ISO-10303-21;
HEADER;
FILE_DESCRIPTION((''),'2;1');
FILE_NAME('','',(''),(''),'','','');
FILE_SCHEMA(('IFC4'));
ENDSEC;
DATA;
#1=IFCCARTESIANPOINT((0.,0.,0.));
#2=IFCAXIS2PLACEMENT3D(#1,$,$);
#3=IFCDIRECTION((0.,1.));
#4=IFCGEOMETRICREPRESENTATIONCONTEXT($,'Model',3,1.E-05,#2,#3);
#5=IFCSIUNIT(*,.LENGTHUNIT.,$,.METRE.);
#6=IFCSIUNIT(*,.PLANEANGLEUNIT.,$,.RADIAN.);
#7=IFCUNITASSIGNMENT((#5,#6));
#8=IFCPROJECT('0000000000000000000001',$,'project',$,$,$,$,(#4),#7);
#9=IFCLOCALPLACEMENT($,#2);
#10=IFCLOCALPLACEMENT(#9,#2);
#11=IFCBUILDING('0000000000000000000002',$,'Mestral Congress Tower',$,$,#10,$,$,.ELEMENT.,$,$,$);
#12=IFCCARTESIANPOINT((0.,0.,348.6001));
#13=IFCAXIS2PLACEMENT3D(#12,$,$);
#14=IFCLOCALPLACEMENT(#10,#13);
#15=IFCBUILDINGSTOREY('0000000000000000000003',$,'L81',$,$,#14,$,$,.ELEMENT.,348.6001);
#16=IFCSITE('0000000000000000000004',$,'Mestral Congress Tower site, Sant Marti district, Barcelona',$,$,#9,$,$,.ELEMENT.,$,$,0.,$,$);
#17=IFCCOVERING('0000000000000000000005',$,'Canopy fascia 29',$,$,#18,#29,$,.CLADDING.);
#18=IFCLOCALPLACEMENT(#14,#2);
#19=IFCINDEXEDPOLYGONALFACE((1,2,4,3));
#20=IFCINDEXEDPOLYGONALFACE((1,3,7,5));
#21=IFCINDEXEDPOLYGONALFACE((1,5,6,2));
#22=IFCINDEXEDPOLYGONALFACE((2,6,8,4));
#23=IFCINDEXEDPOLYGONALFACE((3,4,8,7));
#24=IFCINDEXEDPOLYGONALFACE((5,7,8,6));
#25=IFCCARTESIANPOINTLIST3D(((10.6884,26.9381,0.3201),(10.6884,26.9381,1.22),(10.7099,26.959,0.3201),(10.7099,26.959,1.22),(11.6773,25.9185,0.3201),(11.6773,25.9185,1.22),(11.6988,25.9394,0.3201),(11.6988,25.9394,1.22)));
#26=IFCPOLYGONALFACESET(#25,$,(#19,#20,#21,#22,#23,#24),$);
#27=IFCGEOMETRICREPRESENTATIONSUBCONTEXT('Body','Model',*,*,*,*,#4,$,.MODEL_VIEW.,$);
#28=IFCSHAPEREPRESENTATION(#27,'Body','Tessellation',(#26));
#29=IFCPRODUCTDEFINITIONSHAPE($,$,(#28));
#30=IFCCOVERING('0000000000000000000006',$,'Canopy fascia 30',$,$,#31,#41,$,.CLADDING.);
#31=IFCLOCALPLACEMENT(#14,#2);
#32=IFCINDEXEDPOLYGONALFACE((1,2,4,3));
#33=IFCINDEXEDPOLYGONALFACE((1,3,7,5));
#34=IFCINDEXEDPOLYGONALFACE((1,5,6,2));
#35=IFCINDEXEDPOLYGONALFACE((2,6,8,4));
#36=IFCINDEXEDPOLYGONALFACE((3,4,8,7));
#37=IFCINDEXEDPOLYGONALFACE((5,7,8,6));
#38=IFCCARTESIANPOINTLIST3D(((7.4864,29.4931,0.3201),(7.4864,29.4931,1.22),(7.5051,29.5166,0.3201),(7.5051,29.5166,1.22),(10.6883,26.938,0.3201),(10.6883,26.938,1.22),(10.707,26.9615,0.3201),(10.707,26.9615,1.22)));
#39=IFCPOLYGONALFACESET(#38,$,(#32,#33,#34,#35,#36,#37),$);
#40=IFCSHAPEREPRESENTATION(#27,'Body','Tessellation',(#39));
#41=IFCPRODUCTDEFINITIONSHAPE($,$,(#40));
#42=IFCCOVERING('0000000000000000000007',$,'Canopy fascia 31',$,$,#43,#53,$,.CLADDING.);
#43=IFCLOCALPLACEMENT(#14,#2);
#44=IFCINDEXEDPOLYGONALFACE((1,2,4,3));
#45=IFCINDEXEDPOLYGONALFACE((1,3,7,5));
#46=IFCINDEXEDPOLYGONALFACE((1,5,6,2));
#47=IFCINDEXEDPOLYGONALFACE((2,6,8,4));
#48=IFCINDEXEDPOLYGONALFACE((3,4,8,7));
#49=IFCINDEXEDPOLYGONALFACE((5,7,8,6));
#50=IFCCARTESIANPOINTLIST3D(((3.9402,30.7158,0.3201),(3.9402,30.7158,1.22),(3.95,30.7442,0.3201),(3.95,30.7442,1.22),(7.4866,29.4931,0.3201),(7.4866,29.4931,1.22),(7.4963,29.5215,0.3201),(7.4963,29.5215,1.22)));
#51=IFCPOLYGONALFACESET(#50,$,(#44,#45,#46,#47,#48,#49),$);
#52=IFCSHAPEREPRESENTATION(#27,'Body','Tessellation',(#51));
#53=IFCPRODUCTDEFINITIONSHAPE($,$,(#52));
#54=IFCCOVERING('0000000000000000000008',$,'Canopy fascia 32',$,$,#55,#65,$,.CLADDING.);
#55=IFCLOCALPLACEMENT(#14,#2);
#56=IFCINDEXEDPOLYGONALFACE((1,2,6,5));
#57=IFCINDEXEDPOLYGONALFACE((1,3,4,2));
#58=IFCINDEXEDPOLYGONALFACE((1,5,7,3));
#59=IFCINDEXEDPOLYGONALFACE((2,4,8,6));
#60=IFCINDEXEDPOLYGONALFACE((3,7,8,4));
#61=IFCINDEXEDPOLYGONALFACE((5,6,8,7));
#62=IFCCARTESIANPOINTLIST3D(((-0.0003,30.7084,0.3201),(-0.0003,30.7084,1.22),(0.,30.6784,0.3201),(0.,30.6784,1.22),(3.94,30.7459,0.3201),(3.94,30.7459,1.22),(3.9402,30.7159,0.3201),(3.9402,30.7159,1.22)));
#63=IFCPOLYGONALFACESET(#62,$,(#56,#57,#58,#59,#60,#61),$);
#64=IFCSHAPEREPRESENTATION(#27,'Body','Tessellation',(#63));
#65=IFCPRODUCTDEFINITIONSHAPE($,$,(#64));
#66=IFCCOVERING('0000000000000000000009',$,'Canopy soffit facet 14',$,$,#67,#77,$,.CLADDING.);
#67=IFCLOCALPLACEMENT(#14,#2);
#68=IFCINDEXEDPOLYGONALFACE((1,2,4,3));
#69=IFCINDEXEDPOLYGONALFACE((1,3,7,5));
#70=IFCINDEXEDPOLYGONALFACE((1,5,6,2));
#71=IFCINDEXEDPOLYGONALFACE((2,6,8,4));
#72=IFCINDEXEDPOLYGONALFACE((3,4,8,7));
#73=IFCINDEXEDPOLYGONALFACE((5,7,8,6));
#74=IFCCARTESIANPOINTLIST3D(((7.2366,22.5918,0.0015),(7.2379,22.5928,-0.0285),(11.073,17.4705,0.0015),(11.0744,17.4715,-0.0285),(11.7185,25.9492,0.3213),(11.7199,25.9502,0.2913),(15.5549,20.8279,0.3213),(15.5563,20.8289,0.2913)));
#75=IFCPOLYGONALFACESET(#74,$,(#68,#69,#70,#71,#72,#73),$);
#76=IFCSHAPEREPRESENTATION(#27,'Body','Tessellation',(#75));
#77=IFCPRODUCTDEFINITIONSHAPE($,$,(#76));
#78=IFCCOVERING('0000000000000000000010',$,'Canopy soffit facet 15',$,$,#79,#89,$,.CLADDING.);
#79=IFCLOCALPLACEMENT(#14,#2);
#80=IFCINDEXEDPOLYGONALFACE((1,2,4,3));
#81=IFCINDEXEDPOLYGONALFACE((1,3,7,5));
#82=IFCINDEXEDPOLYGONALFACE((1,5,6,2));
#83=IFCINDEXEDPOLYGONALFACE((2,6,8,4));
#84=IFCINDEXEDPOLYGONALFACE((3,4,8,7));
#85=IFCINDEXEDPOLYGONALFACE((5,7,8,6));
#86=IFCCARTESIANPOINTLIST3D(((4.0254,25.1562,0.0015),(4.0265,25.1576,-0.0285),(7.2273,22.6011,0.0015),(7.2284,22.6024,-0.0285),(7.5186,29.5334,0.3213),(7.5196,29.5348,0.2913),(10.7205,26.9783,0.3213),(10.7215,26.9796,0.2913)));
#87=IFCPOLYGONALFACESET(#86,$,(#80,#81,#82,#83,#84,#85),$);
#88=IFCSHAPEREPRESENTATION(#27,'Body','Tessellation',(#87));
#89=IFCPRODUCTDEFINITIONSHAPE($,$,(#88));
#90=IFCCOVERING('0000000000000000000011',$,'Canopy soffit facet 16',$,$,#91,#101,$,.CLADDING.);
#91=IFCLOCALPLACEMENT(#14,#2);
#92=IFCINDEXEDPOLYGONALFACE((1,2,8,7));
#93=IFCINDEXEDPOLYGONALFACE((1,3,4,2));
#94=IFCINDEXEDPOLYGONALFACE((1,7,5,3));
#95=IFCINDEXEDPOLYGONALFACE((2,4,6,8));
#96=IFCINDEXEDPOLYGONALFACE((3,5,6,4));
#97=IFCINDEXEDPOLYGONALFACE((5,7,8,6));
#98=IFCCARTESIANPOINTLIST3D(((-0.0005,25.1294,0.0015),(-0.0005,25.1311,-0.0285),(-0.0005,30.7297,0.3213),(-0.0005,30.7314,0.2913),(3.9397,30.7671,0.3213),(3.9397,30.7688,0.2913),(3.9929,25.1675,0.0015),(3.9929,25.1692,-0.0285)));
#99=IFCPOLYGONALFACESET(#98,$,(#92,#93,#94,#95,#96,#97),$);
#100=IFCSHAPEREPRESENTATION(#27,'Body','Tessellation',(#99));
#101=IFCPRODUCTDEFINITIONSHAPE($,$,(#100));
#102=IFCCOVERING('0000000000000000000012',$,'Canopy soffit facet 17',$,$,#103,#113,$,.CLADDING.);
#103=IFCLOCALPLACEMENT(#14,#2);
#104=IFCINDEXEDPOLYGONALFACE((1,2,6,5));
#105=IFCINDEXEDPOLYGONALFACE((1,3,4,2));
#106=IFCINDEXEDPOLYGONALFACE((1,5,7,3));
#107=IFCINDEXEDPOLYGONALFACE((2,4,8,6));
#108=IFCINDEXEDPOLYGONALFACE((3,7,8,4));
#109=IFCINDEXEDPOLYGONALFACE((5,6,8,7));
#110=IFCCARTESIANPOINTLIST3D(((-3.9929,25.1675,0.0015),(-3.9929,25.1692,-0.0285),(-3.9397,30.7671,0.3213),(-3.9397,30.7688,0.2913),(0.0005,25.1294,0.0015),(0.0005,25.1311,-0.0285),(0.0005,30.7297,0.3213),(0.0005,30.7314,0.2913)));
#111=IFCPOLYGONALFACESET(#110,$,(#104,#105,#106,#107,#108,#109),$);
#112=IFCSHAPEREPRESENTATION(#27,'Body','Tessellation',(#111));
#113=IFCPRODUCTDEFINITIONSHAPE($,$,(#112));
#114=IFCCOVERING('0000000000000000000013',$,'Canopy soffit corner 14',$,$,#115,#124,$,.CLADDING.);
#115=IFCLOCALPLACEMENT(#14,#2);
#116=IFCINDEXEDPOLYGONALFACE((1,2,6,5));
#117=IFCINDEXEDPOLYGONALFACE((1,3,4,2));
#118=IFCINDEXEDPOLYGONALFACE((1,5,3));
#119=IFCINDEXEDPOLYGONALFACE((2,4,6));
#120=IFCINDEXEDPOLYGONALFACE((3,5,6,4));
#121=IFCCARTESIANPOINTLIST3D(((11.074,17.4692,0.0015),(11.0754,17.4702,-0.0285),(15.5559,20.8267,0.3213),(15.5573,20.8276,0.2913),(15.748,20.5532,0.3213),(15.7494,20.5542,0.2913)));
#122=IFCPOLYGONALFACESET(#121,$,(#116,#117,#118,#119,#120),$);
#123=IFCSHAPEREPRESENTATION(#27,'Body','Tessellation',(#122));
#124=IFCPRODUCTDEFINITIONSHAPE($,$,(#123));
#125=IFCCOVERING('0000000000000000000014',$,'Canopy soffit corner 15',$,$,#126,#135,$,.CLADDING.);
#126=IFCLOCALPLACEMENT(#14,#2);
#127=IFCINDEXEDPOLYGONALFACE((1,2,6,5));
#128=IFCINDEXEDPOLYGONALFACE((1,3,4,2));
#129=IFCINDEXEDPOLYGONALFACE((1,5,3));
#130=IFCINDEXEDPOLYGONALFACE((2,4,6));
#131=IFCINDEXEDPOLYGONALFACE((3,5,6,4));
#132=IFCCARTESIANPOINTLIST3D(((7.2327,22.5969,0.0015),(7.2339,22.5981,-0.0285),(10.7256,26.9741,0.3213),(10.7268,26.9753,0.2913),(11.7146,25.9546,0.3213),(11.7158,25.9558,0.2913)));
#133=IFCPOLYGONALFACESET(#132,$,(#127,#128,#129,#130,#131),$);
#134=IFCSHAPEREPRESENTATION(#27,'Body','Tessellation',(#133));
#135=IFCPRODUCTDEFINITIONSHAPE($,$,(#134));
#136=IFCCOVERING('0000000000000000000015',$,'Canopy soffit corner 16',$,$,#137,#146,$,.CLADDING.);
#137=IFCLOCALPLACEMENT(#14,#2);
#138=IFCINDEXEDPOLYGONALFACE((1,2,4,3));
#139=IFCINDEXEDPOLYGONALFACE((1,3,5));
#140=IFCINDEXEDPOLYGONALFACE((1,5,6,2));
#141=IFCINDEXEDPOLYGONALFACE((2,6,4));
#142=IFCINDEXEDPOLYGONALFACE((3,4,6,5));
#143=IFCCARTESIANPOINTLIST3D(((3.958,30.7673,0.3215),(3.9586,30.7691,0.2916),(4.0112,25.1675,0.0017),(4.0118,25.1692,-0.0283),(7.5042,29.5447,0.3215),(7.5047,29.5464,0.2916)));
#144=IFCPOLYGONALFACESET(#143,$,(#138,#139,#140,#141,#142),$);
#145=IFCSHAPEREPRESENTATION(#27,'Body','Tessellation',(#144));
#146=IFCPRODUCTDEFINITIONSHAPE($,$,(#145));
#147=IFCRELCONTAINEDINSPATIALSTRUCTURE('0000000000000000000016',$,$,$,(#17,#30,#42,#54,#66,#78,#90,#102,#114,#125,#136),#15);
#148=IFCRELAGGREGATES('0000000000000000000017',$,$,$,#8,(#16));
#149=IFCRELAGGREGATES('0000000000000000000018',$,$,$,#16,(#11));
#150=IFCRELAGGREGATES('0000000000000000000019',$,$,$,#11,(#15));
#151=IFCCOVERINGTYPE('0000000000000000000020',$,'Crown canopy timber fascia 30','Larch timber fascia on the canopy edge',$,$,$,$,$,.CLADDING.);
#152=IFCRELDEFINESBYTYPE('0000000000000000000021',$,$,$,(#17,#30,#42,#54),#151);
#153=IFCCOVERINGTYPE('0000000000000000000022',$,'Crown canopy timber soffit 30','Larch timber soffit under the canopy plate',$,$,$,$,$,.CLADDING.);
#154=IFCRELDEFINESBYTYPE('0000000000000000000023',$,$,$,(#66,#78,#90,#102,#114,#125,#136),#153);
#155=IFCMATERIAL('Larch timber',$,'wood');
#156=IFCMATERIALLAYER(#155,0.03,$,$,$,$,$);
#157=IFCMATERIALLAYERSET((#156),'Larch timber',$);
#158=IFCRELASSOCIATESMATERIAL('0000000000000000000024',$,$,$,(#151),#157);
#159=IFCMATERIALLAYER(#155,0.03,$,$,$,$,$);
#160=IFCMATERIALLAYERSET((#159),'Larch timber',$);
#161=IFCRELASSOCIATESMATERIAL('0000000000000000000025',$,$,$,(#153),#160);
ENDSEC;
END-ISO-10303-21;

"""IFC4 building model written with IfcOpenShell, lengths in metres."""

from ifc_helpers import new_model, si_unit, direction, frame, origin, origin_2d, place, context, subcontext, project, spatial, polyline, rectangle, outline, extrude, material, layer, layer_set, type_object, element, save


model = new_model("IFC4")

# Units and contexts
model_context = context("Model", 3, precision=1e-05, world=origin(), true_north=direction((0.0, 1.0)))
body_context = subcontext(model_context, "Body", "Model", "MODEL_VIEW")
ifc_project = project(units=[si_unit("LENGTHUNIT", "METRE"), si_unit("PLANEANGLEUNIT", "RADIAN")], contexts=[model_context])

# Site, building, storey
site_placement = place(None, origin())
site = spatial("IfcSite", under=ifc_project, at=site_placement, Name="Mestral Congress Tower site, Sant Marti district, Barcelona", CompositionType="ELEMENT", RefElevation=0.0)
building_placement = place(site_placement, origin())
building = spatial("IfcBuilding", under=site, at=building_placement, Name="Mestral Congress Tower", CompositionType="ELEMENT")
storey_placement = place(building_placement, frame((0.0, 0.0, 348.6001)))
storey = spatial("IfcBuildingStorey", under=building, at=storey_placement, Name="L81", CompositionType="ELEMENT", Elevation=348.6001)

# Coverings
ifc_material_1 = material(Name="Larch timber", Category="wood")
ifc_layer_1 = layer(ifc_material_1, 0.03)
ifc_layer_set_1 = layer_set([ifc_layer_1], Name="Larch timber")
covering_type_1 = type_object("IfcCoveringType", Name="Crown canopy timber fascia 30", Description="Larch timber fascia on the canopy edge", PredefinedType="CLADDING", material=ifc_layer_set_1)
covering_1_placement = place(storey_placement, frame((11.1936, 26.4387, 0.3201), z_axis=(0.0, 0.0, 1.0), x_axis=(-0.696211, 0.717837, 0.0)))
element("IfcCovering", 1, at=covering_1_placement, inside=storey, type_object=covering_type_1, Name="Canopy fascia 29", PredefinedType="CLADDING", context=body_context, shape_type="SweptSolid", body=[
    extrude(rectangle(XDim=1.4204, YDim=0.03, at=origin_2d()), origin(), (0.0, 0.0, 1.0), 0.8999),
])
covering_2_placement = place(storey_placement, frame((9.0967, 28.2273, 0.3201), z_axis=(0.0, 0.0, 1.0), x_axis=(-0.781633, 0.623739, 0.0)))
element("IfcCovering", 2, at=covering_2_placement, inside=storey, type_object=covering_type_1, Name="Canopy fascia 30", PredefinedType="CLADDING", context=body_context, shape_type="SweptSolid", body=[
    extrude(rectangle(XDim=4.0964, YDim=0.03, at=origin_2d()), origin(), (0.0, 0.0, 1.0), 0.8999),
])
covering_3_placement = place(storey_placement, frame((5.7183, 30.1187, 0.3201), z_axis=(0.0, 0.0, 1.0), x_axis=(-0.945392, 0.325936, 0.0)))
element("IfcCovering", 3, at=covering_3_placement, inside=storey, type_object=covering_type_1, Name="Canopy fascia 31", PredefinedType="CLADDING", context=body_context, shape_type="SweptSolid", body=[
    extrude(rectangle(XDim=3.7512, YDim=0.03, at=origin_2d()), origin(), (0.0, 0.0, 1.0), 0.8999),
])
covering_4_placement = place(storey_placement, frame((1.97, 30.7122, 0.3201), z_axis=(0.0, 0.0, 1.0), x_axis=(-0.999955, -0.009515, 0.0)))
element("IfcCovering", 4, at=covering_4_placement, inside=storey, type_object=covering_type_1, Name="Canopy fascia 32", PredefinedType="CLADDING", context=body_context, shape_type="SweptSolid", body=[
    extrude(rectangle(XDim=3.9404, YDim=0.03, at=origin_2d()), origin(), (0.0, 0.0, 1.0), 0.8999),
])
ifc_layer_2 = layer(ifc_material_1, 0.03)
ifc_layer_set_2 = layer_set([ifc_layer_2], Name="Larch timber")
covering_type_2 = type_object("IfcCoveringType", Name="Crown canopy timber soffit 30", Description="Larch timber soffit under the canopy plate", PredefinedType="CLADDING", material=ifc_layer_set_2)
covering_5_placement = place(storey_placement, frame((11.073, 17.4705, 0.0015), z_axis=(-0.045634, -0.034185, 0.998373), x_axis=(-0.599542, 0.800343, 0.0)))
element("IfcCovering", 5, at=covering_5_placement, inside=storey, type_object=covering_type_2, Name="Canopy soffit facet 14", PredefinedType="CLADDING", context=body_context, shape_type="SweptSolid", body=[
    extrude(outline(polyline([(0.0, 0.0), (6.3989, 0.0), (6.3989, -5.6091), (0.0, -5.6091), (0.0, 0.0)])), origin(), (0.0, 0.0, -1.0), 0.03),
])
covering_6_placement = place(storey_placement, frame((7.2273, 22.6011, 0.0015), z_axis=(-0.035564, -0.044566, 0.998373), x_axis=(-0.781624, 0.62375, 0.0)))
element("IfcCovering", 6, at=covering_6_placement, inside=storey, type_object=covering_type_2, Name="Canopy soffit facet 15", PredefinedType="CLADDING", context=body_context, shape_type="SweptSolid", body=[
    extrude(outline(polyline([(0.0, 0.0), (4.0965, 0.0), (4.0964, -5.6093), (-0.0001, -5.6093), (0.0, 0.0)])), origin(), (0.0, 0.0, -1.0), 0.03),
])
covering_7_placement = place(storey_placement, frame((3.9929, 25.1675, 0.0015), z_axis=(0.000542, -0.057016, 0.998373), x_axis=(-0.999955, -0.009537, -0.000002)))
element("IfcCovering", 7, at=covering_7_placement, inside=storey, type_object=covering_type_2, Name="Canopy soffit facet 16", PredefinedType="CLADDING", context=body_context, shape_type="SweptSolid", body=[
    extrude(outline(polyline([(0.0, 0.0), (3.9936, 0.0), (3.9402, -5.6092), (-0.0002, -5.609), (0.0, 0.0)])), origin(), (0.0, 0.0, -1.0), 0.03),
])
covering_8_placement = place(storey_placement, frame((0.0005, 25.1294, 0.0015), z_axis=(-0.000542, -0.057016, 0.998373), x_axis=(-0.999955, 0.009537, 0.000002)))
element("IfcCovering", 8, at=covering_8_placement, inside=storey, type_object=covering_type_2, Name="Canopy soffit facet 17", PredefinedType="CLADDING", context=body_context, shape_type="SweptSolid", body=[
    extrude(outline(polyline([(0.0, 0.0), (3.9936, 0.0), (3.9938, -5.609), (0.0534, -5.6092), (0.0, 0.0)])), origin(), (0.0, 0.0, -1.0), 0.03),
])
covering_9_placement = place(storey_placement, frame((11.074, 17.4692, 0.0015), z_axis=(-0.046674, -0.032797, 0.998372), x_axis=(0.833326, 0.549834, 0.05702)))
element("IfcCovering", 9, at=covering_9_placement, inside=storey, type_object=covering_type_2, Name="Canopy soffit corner 14", PredefinedType="CLADDING", context=body_context, shape_type="SweptSolid", body=[
    extrude(outline(polyline([(0.0, 0.0), (5.6089, 0.0), (5.5992, 0.3341), (0.0, 0.0)])), origin(), (0.0, 0.0, -1.0), 0.03),
])
covering_10_placement = place(storey_placement, frame((7.2327, 22.5969, 0.0015), z_axis=(-0.041257, -0.040023, 0.998347), x_axis=(0.799022, 0.598592, 0.057017)))
element("IfcCovering", 10, at=covering_10_placement, inside=storey, type_object=covering_type_2, Name="Canopy soffit corner 15", PredefinedType="CLADDING", context=body_context, shape_type="SweptSolid", body=[
    extrude(outline(polyline([(0.0, 0.0), (5.6093, 0.0), (5.4293, 1.409), (0.0, 0.0)])), origin(), (0.0, 0.0, -1.0), 0.03),
])
covering_11_placement = place(storey_placement, frame((4.0112, 25.1675, 0.0017), z_axis=(-0.01972, -0.057196, 0.998168), x_axis=(0.622718, 0.780366, 0.057018)))
element("IfcCovering", 11, at=covering_11_placement, inside=storey, type_object=covering_type_2, Name="Canopy soffit corner 16", PredefinedType="CLADDING", context=body_context, shape_type="SweptSolid", body=[
    extrude(outline(polyline([(0.0, 0.0), (5.6092, 0.0), (4.355, 3.5351), (0.0, 0.0)])), origin(), (0.0, 0.0, -1.0), 0.03),
])

save(model, "model.ifc")
